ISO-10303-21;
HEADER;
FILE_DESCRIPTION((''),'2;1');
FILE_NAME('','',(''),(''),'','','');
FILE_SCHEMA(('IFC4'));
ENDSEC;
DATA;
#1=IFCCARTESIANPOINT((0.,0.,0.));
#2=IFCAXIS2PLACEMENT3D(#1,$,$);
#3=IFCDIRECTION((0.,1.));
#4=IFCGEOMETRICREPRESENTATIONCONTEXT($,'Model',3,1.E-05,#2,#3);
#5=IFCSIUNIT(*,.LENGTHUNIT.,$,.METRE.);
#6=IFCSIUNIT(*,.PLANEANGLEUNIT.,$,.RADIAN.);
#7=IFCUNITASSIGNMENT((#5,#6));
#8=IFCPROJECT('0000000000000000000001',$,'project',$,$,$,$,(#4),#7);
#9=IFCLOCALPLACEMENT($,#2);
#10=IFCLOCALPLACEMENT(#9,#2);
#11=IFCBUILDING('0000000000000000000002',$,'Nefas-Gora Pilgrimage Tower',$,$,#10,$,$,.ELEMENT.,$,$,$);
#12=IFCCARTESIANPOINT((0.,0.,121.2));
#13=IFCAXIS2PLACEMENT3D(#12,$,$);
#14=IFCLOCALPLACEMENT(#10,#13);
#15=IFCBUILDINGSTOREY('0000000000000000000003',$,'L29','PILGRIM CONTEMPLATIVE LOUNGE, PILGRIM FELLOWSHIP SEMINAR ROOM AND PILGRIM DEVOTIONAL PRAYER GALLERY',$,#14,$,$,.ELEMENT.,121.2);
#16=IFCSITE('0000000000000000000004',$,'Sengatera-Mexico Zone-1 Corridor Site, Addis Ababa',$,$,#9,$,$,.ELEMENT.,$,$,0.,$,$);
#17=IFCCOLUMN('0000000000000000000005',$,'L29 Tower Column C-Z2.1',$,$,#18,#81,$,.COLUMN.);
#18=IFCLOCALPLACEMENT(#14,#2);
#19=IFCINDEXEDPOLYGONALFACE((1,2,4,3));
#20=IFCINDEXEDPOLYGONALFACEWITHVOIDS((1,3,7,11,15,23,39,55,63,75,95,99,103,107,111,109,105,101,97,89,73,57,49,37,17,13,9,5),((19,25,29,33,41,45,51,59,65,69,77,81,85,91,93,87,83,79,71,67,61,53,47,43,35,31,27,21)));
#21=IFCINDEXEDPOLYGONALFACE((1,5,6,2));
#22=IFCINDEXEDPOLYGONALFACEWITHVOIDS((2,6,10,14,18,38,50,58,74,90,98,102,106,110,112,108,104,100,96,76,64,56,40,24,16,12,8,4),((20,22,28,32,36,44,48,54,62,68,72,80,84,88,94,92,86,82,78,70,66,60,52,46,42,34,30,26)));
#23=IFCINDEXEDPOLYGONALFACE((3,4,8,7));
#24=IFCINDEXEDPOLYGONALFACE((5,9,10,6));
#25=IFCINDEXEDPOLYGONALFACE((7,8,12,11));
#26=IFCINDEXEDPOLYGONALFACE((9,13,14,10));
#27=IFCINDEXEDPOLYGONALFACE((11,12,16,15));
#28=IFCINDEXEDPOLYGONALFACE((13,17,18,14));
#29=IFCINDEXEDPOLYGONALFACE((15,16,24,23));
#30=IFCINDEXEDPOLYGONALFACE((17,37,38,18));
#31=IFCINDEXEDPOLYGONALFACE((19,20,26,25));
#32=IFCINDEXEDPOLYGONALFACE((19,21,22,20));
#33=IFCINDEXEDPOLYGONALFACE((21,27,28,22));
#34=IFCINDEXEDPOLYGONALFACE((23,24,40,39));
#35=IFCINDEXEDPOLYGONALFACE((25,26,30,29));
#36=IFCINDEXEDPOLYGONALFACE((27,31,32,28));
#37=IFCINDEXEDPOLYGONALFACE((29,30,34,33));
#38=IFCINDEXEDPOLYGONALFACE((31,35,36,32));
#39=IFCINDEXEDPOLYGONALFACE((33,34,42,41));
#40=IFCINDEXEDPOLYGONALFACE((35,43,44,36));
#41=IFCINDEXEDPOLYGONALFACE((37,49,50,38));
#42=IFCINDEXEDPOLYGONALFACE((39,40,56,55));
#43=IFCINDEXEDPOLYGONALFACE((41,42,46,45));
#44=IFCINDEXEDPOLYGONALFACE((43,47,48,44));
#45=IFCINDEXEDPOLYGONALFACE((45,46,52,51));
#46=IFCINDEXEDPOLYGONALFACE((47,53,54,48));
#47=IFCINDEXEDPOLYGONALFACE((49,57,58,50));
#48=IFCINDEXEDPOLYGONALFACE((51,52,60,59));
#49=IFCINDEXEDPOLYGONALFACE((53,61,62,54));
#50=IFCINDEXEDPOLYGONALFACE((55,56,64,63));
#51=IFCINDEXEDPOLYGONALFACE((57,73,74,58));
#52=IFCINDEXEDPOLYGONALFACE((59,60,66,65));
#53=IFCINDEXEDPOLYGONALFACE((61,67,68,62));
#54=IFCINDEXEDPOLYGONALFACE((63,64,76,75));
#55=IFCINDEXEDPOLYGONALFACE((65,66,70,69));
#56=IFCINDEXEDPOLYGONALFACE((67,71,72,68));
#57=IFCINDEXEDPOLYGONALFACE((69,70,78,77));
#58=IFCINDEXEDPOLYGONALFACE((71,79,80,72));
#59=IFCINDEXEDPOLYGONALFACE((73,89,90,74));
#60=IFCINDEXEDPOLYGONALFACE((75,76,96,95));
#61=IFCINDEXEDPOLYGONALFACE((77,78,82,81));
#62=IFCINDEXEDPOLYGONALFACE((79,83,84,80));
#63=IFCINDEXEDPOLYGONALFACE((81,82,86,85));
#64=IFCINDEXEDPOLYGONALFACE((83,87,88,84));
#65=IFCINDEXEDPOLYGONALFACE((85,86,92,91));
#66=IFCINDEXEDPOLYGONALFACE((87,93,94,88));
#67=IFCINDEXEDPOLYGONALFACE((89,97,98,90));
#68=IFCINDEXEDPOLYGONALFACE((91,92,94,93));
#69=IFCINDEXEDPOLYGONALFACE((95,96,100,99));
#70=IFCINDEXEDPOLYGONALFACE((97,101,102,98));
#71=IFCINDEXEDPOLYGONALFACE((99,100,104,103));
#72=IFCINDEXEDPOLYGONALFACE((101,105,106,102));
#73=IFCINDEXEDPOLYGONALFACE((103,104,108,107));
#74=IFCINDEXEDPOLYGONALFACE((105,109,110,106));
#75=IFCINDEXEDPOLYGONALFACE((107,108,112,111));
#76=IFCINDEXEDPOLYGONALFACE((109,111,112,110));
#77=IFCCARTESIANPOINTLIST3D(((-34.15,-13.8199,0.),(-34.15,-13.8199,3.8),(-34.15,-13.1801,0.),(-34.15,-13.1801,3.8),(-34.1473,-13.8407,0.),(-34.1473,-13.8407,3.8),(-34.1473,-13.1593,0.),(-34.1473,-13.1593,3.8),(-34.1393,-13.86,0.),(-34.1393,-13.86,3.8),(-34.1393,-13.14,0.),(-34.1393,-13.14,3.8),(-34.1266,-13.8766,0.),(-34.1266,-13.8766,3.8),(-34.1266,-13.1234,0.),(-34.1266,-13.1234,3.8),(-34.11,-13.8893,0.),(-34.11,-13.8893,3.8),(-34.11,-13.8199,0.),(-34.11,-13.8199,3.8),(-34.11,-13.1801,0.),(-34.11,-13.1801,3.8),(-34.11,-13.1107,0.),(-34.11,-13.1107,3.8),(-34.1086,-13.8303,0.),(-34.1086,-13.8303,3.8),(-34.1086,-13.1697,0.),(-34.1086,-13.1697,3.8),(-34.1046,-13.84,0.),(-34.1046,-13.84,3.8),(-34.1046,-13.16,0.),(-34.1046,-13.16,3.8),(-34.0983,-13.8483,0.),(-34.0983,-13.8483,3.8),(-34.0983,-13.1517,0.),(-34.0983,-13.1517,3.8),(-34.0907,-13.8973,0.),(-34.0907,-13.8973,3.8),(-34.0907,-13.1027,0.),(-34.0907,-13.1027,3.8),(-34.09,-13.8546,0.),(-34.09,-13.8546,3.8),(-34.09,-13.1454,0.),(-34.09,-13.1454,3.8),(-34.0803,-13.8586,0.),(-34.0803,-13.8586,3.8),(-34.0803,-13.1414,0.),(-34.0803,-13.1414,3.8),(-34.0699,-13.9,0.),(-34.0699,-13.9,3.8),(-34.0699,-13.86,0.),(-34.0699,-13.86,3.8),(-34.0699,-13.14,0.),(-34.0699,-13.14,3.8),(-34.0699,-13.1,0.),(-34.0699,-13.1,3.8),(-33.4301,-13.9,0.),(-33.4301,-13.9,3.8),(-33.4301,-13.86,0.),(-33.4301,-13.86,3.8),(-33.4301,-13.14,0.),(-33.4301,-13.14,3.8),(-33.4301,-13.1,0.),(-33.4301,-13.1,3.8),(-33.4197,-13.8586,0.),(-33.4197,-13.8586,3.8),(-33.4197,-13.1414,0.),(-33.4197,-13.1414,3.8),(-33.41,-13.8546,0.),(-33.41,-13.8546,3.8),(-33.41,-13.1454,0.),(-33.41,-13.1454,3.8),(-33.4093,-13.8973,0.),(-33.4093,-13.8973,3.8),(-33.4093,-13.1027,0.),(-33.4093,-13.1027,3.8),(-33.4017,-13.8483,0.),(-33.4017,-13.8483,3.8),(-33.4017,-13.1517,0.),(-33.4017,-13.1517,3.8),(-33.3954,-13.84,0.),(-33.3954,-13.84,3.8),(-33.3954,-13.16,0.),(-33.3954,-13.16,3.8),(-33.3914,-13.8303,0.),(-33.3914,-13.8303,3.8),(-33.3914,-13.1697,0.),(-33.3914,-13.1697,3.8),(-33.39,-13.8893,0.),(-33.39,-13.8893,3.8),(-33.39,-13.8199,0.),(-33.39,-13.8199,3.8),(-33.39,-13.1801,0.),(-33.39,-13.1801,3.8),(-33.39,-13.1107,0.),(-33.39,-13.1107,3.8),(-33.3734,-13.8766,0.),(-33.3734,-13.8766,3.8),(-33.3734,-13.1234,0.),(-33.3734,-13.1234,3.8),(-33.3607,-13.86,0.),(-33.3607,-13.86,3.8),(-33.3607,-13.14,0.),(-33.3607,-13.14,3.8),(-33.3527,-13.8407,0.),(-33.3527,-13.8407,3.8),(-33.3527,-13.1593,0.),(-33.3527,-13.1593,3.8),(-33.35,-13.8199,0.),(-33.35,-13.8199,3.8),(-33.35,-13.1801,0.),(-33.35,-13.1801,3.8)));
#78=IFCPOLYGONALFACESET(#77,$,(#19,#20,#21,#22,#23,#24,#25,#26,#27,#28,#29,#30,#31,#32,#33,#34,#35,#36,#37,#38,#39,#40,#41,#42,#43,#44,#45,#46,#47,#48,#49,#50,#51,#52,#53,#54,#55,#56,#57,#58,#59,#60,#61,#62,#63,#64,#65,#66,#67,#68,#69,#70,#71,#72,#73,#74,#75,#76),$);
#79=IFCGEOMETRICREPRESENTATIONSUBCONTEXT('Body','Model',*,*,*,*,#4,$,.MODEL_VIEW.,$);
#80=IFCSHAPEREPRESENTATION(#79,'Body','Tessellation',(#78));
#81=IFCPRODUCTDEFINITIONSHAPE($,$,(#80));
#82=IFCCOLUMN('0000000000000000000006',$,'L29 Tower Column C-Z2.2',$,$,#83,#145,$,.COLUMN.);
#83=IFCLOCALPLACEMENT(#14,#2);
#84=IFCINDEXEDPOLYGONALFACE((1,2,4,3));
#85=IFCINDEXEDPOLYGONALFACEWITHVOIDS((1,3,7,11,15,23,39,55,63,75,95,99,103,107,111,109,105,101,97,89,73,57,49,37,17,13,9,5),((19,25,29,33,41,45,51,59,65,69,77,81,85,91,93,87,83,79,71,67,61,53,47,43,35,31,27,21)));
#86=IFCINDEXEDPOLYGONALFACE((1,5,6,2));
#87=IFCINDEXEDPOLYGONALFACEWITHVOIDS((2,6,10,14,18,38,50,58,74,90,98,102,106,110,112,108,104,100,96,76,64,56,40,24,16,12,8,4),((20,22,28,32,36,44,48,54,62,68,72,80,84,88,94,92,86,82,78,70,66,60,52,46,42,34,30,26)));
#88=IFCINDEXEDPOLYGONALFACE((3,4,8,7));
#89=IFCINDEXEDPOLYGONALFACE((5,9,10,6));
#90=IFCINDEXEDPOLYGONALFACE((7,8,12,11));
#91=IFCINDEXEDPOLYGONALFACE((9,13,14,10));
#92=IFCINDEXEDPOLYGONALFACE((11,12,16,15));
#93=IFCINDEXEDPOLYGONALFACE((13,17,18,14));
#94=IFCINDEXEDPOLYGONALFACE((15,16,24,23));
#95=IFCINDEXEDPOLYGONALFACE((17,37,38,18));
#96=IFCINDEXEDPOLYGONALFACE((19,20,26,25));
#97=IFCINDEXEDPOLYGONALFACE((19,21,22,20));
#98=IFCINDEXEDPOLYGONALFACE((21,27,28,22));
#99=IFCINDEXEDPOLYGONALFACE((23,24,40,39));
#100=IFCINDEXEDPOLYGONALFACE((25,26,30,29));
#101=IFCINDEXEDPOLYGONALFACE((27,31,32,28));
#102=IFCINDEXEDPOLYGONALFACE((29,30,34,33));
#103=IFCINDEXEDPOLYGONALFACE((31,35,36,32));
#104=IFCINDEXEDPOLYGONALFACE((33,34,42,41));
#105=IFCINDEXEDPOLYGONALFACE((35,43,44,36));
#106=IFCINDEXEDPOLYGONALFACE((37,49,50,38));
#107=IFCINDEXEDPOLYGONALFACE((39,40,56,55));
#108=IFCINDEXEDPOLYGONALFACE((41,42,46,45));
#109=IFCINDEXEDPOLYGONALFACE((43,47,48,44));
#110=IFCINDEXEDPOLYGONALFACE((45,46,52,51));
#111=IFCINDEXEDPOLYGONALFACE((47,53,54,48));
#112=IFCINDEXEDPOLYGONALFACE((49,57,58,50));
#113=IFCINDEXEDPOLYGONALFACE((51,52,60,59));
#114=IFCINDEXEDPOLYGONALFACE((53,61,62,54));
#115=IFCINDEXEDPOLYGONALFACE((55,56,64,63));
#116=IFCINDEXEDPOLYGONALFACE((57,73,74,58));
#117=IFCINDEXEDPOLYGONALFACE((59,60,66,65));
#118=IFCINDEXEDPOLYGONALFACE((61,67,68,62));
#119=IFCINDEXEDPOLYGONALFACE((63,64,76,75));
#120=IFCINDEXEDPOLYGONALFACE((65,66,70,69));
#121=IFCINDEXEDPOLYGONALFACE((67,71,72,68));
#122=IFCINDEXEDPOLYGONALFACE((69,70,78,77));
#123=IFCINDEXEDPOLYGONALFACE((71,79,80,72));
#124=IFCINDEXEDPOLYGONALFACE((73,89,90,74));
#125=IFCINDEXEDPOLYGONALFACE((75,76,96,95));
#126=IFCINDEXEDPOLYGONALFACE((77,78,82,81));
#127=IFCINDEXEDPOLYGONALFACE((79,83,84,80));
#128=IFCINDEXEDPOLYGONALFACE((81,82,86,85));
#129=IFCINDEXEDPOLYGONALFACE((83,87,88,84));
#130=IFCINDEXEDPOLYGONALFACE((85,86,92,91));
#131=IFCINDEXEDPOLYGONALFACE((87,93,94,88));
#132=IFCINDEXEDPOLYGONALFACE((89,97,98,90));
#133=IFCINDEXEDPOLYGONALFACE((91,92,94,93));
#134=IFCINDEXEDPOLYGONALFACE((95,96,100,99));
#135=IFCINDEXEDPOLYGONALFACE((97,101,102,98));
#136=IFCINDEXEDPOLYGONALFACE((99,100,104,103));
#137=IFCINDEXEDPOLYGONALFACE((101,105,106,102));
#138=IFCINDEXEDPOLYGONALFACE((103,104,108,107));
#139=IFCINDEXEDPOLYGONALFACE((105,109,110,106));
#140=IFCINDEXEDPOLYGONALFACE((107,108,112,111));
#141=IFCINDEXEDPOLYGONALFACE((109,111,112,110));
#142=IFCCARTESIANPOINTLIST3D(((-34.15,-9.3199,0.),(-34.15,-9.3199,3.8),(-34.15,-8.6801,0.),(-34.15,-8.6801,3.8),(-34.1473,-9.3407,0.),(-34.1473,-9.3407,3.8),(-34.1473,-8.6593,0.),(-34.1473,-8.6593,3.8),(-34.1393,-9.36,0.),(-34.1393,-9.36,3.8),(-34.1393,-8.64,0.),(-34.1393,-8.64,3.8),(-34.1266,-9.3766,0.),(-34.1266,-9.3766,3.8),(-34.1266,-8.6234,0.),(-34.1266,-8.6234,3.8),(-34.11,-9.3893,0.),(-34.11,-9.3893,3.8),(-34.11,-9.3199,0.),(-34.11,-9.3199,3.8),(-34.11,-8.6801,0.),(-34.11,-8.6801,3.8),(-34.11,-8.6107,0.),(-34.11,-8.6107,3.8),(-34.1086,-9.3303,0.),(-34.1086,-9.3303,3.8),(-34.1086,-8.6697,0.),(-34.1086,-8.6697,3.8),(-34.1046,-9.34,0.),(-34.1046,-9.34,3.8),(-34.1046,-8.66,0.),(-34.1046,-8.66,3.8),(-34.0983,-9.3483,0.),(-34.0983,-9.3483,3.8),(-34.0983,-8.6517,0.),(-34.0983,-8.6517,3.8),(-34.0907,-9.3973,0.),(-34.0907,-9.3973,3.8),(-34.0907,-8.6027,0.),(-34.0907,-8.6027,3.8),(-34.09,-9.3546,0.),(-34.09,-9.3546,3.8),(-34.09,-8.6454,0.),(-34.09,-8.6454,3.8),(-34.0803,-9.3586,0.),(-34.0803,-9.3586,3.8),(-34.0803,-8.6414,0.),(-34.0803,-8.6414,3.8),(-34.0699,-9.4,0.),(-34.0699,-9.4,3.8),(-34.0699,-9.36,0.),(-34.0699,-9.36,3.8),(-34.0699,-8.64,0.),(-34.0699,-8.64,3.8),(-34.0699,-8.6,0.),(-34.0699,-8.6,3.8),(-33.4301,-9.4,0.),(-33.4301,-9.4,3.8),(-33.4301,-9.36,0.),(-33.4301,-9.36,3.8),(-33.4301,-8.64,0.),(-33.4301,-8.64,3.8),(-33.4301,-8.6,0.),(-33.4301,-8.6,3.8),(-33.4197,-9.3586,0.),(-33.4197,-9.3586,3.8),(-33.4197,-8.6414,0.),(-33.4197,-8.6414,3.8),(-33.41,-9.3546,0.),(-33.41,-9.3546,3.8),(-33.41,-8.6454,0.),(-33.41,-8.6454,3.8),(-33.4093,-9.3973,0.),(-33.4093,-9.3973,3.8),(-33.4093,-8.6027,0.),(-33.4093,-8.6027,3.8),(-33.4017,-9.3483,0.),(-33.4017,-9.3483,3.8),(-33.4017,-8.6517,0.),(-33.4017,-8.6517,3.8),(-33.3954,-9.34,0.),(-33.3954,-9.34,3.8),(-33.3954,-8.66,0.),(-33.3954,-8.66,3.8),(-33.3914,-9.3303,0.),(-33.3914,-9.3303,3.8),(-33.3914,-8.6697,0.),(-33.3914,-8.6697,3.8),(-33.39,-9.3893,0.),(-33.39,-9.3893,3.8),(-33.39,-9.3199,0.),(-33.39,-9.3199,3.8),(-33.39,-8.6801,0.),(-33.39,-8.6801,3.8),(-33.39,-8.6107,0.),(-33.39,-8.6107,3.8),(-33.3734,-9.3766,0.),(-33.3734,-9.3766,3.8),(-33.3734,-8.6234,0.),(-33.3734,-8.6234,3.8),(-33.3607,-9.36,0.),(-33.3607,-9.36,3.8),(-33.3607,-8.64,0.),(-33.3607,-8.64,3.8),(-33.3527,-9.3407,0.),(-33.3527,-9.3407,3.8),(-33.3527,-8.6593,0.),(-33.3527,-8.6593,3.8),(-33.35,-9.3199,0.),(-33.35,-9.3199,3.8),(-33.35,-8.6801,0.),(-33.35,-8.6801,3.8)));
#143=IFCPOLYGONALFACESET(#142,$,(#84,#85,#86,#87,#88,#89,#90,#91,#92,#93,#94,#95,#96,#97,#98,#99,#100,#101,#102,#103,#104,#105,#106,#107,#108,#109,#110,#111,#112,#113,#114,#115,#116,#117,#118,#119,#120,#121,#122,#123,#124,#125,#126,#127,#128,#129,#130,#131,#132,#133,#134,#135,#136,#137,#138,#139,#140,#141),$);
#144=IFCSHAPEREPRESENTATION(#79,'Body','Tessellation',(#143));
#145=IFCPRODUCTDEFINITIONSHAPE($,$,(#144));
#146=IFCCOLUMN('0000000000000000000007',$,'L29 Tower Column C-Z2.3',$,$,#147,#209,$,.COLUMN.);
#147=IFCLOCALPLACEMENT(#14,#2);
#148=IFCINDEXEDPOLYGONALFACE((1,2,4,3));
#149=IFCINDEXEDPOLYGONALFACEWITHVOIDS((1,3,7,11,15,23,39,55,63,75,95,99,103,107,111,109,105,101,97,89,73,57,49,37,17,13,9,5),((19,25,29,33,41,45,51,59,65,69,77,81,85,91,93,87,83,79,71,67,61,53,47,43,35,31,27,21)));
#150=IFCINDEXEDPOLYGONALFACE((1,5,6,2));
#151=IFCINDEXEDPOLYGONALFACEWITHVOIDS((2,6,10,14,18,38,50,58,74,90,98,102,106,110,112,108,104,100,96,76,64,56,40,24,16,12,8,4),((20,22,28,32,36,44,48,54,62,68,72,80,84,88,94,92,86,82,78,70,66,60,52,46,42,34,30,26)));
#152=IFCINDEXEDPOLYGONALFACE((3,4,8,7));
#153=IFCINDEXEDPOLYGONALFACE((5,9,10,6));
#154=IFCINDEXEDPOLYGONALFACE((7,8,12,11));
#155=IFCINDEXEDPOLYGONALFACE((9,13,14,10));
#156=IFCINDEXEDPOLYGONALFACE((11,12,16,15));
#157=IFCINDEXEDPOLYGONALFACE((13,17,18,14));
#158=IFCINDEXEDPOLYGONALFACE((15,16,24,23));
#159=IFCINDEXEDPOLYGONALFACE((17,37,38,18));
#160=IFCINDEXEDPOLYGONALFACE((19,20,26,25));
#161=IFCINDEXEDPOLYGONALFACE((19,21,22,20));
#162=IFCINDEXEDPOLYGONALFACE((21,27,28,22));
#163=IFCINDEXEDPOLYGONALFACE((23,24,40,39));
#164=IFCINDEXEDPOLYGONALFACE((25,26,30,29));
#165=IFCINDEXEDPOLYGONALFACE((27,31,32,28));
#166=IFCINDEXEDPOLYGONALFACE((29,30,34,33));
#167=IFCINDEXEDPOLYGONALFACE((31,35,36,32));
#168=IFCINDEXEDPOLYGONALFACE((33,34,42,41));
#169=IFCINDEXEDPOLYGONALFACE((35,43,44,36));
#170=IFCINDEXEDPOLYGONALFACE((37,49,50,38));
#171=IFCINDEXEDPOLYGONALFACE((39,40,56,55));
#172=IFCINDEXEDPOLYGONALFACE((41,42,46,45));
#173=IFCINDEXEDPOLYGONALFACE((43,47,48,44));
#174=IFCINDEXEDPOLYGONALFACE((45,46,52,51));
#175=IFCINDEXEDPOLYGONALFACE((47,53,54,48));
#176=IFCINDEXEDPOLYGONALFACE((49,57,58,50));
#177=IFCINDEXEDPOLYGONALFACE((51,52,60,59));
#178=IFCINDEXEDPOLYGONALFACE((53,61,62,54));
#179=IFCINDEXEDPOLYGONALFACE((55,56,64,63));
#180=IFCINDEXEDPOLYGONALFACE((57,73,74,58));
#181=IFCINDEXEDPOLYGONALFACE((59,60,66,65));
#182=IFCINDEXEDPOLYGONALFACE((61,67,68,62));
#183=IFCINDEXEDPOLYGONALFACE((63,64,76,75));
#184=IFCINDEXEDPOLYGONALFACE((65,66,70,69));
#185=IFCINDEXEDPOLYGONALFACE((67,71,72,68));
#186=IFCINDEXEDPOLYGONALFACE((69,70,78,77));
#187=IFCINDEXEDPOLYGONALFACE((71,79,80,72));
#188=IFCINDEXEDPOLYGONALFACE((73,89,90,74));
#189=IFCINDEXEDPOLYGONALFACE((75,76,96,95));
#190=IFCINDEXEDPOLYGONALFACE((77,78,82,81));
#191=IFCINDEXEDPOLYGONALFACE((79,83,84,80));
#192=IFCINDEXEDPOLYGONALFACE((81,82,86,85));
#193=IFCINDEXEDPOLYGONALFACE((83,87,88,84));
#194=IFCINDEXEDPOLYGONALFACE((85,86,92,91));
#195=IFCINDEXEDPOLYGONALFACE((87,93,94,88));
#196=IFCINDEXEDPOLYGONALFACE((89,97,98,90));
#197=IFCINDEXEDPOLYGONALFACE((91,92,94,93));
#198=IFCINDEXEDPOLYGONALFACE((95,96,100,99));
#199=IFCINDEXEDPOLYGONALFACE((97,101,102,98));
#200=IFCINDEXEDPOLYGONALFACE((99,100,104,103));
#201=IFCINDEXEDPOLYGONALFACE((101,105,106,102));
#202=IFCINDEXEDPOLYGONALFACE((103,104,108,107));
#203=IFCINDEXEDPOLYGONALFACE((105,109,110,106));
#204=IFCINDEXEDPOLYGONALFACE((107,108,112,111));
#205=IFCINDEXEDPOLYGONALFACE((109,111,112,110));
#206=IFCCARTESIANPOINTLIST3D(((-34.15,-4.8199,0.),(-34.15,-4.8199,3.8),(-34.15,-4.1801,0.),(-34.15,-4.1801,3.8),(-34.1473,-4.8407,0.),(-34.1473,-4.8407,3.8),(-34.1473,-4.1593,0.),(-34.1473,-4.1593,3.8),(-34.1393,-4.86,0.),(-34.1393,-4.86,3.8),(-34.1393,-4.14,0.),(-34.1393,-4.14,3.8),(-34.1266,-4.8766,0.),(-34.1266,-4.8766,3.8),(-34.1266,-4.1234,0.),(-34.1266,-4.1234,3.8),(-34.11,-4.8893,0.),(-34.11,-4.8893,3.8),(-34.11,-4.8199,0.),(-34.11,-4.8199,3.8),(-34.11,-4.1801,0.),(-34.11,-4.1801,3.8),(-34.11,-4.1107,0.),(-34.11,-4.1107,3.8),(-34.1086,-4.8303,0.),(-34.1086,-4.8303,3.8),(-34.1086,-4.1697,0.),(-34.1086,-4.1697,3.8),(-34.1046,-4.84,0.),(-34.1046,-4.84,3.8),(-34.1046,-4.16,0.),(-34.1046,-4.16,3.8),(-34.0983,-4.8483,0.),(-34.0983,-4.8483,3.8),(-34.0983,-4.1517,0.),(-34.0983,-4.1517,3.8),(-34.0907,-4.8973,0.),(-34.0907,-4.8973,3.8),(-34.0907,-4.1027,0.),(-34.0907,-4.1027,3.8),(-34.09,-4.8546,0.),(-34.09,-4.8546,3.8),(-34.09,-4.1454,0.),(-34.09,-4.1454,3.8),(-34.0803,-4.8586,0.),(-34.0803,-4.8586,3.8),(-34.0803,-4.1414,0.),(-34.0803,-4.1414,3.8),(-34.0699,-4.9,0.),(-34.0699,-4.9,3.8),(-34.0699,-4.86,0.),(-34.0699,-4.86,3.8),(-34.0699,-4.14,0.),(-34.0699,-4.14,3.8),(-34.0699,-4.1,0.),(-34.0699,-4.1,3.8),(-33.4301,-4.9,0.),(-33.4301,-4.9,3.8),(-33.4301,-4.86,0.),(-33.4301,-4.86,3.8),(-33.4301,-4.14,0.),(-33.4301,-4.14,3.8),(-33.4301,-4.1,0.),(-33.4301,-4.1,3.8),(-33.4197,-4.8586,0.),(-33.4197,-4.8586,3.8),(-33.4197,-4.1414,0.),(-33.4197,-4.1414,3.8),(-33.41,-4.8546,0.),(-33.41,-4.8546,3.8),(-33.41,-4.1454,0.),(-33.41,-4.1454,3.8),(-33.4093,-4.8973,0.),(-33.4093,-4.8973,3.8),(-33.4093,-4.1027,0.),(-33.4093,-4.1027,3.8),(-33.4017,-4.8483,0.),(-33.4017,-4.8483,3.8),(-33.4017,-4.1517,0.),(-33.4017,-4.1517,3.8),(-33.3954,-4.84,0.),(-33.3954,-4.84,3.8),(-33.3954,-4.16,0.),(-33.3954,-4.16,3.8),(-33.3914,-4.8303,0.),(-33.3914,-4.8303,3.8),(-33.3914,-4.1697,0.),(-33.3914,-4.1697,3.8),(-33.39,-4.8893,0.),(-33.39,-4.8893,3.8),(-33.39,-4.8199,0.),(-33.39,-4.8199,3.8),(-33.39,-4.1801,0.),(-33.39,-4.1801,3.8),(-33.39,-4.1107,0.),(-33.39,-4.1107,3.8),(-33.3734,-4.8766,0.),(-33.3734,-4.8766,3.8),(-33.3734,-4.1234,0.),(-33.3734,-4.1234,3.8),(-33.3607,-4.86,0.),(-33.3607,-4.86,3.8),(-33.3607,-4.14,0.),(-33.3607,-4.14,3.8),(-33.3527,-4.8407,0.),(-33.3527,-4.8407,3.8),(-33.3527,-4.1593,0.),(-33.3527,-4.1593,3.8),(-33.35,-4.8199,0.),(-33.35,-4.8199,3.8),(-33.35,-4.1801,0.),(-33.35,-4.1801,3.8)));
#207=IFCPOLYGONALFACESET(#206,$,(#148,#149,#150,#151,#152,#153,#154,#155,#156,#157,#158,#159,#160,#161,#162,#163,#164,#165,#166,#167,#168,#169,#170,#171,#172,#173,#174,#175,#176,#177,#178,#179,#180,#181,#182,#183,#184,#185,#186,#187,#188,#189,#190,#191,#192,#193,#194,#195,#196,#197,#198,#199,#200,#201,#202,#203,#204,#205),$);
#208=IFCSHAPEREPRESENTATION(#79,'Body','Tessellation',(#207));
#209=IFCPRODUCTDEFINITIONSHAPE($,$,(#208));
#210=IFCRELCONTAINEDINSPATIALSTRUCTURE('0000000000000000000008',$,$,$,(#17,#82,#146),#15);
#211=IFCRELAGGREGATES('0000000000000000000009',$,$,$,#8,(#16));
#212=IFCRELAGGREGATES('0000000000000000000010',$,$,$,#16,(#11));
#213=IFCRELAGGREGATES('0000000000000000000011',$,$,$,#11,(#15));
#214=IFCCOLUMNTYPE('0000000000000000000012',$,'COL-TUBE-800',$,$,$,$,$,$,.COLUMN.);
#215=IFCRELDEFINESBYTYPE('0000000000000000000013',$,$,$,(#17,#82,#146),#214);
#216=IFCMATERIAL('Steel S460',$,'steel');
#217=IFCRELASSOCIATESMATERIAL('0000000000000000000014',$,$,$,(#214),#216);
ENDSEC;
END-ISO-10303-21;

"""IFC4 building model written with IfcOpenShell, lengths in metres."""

from ifc_helpers import new_model, si_unit, direction, frame, origin, origin_2d, place, context, subcontext, project, spatial, hollow_rectangle, extrude, source, transform, mapped, material, material_profile, profile_set, type_object, element, save


model = new_model("IFC4")

# Units and contexts
model_context = context("Model", 3, precision=1e-05, world=origin(), true_north=direction((0.0, 1.0)))
body_context = subcontext(model_context, "Body", "Model", "MODEL_VIEW")
ifc_project = project(units=[si_unit("LENGTHUNIT", "METRE"), si_unit("PLANEANGLEUNIT", "RADIAN")], contexts=[model_context])

# Site, building, storey
site_placement = place(None, origin())
site = spatial("IfcSite", under=ifc_project, at=site_placement, Name="Sengatera-Mexico Zone-1 Corridor Site, Addis Ababa", CompositionType="ELEMENT", RefElevation=0.0)
building_placement = place(site_placement, origin())
building = spatial("IfcBuilding", under=site, at=building_placement, Name="Nefas-Gora Pilgrimage Tower", CompositionType="ELEMENT")
storey_placement = place(building_placement, frame((0.0, 0.0, 121.2)))
storey = spatial("IfcBuildingStorey", under=building, at=storey_placement, Name="L29", Description="PILGRIM CONTEMPLATIVE LOUNGE, PILGRIM FELLOWSHIP SEMINAR ROOM AND PILGRIM DEVOTIONAL PRAYER GALLERY", CompositionType="ELEMENT", Elevation=121.2)

# Columns
ifc_material_1 = material(Name="Steel S460", Category="steel")
ifc_material_profile_1 = material_profile(ifc_material_1, hollow_rectangle(XDim=0.8, YDim=0.8, WallThickness=0.04, InnerFilletRadius=0.04, OuterFilletRadius=0.0801, at=origin_2d()), Name="BOX 800x800x40")
ifc_profile_set_1 = profile_set([ifc_material_profile_1], Name="Steel S460")
column_type_1 = type_object("IfcColumnType", Name="COL-TUBE-800", PredefinedType="COLUMN", material=ifc_profile_set_1)
shared_shape_1 = source(origin(), body_context, "Body", "SweptSolid", [
    extrude(hollow_rectangle(XDim=0.8, YDim=0.8, WallThickness=0.04, InnerFilletRadius=0.04, OuterFilletRadius=0.0801, at=origin_2d()), origin(), (0.0, 0.0, 1.0), 3.8),
])
for number, where, z_axis, x_axis, name in (
    (1, (-33.75, -13.5, 0.0), (0.0, 0.0, 1.0), (1.0, 0.0, 0.0), "L29 Tower Column C-Z2.1"),
    (2, (-33.75, -9.0, 0.0), (0.0, 0.0, 1.0), (1.0, 0.0, 0.0), "L29 Tower Column C-Z2.2"),
    (3, (-33.75, -4.5, 0.0), (0.0, 0.0, 1.0), (1.0, 0.0, 0.0), "L29 Tower Column C-Z2.3"),
):
    element("IfcColumn", number, at=place(storey_placement, frame(where, z_axis=z_axis, x_axis=x_axis)), inside=storey, type_object=column_type_1, Name=name, PredefinedType="COLUMN", context=body_context, shape_type="MappedRepresentation", body=[
        mapped(shared_shape_1, transform((0.0, 0.0, 0.0), x_axis=(1.0, 0.0, 0.0), y_axis=(0.0, 1.0, 0.0), z_axis=(0.0, 0.0, 1.0), scale=1.0)),
    ])

save(model, "model.ifc")
